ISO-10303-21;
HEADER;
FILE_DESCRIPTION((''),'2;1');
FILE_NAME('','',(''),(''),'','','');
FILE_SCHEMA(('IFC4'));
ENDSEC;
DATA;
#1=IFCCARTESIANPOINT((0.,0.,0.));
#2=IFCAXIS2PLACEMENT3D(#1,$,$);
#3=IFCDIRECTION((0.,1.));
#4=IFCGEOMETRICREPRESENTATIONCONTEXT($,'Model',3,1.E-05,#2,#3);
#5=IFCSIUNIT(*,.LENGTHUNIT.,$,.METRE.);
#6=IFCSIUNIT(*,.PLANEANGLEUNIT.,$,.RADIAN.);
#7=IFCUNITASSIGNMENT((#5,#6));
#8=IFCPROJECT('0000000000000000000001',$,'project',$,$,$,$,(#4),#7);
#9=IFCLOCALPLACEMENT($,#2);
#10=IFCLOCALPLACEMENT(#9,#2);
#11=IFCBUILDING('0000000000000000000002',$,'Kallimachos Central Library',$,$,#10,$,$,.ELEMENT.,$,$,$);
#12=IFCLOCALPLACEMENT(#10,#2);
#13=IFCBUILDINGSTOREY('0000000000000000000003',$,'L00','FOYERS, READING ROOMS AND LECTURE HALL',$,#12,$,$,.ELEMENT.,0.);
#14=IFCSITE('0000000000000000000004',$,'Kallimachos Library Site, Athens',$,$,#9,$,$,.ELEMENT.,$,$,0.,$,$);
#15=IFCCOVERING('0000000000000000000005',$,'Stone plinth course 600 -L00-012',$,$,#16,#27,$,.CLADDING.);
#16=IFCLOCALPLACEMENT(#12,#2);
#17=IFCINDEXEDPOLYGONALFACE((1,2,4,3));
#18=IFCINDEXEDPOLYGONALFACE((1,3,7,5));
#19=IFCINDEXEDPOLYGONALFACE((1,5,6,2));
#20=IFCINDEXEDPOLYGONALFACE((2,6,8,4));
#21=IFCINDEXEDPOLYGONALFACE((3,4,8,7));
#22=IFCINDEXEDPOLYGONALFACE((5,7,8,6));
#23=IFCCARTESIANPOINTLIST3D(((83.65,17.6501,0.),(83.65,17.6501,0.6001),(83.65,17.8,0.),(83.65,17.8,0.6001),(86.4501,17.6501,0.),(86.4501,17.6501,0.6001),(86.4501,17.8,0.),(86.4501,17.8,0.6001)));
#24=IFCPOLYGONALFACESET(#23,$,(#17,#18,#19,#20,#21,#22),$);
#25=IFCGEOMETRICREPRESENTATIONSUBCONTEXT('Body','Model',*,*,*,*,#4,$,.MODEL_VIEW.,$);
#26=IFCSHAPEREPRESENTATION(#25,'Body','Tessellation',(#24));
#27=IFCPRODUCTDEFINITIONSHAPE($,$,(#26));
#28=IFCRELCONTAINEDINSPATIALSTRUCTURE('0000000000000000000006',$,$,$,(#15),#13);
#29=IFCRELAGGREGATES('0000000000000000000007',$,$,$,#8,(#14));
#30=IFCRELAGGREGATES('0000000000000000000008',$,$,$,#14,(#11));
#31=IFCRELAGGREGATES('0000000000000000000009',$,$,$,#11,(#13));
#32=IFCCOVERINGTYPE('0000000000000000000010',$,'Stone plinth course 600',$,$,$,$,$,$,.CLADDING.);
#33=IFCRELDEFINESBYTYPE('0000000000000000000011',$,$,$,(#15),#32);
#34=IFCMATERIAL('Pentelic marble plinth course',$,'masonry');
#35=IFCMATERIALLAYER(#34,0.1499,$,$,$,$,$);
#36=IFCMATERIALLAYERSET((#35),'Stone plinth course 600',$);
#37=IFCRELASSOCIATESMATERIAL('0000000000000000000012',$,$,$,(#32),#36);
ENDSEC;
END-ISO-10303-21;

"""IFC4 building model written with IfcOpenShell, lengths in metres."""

from ifc_helpers import new_model, si_unit, direction, frame, origin, origin_2d, place, context, subcontext, project, spatial, rectangle, extrude, material, layer, layer_set, type_object, element, save


model = new_model("IFC4")

# Units and contexts
model_context = context("Model", 3, precision=1e-05, world=origin(), true_north=direction((0.0, 1.0)))
body_context = subcontext(model_context, "Body", "Model", "MODEL_VIEW")
ifc_project = project(units=[si_unit("LENGTHUNIT", "METRE"), si_unit("PLANEANGLEUNIT", "RADIAN")], contexts=[model_context])

# Site, building, storey
site_placement = place(None, origin())
site = spatial("IfcSite", under=ifc_project, at=site_placement, Name="Kallimachos Library Site, Athens", CompositionType="ELEMENT", RefElevation=0.0)
building_placement = place(site_placement, origin())
building = spatial("IfcBuilding", under=site, at=building_placement, Name="Kallimachos Central Library", CompositionType="ELEMENT")
storey_placement = place(building_placement, origin())
storey = spatial("IfcBuildingStorey", under=building, at=storey_placement, Name="L00", Description="FOYERS, READING ROOMS AND LECTURE HALL", CompositionType="ELEMENT", Elevation=0.0)

# Covering
ifc_material_1 = material(Name="Pentelic marble plinth course", Category="masonry")
ifc_layer_1 = layer(ifc_material_1, 0.1499)
ifc_layer_set_1 = layer_set([ifc_layer_1], Name="Stone plinth course 600")
covering_type_1 = type_object("IfcCoveringType", Name="Stone plinth course 600", PredefinedType="CLADDING", material=ifc_layer_set_1)
covering_1_placement = place(storey_placement, frame((85.05, 17.7251, 0.0), z_axis=(0.0, 0.0, 1.0), x_axis=(1.0, 0.0, 0.0)))
element("IfcCovering", 1, at=covering_1_placement, inside=storey, type_object=covering_type_1, Name="Stone plinth course 600 -L00-012", PredefinedType="CLADDING", context=body_context, shape_type="SweptSolid", body=[
    extrude(rectangle(XDim=2.8, YDim=0.1499, at=origin_2d()), origin(), (0.0, 0.0, 1.0), 0.6001),
])

save(model, "model.ifc")
